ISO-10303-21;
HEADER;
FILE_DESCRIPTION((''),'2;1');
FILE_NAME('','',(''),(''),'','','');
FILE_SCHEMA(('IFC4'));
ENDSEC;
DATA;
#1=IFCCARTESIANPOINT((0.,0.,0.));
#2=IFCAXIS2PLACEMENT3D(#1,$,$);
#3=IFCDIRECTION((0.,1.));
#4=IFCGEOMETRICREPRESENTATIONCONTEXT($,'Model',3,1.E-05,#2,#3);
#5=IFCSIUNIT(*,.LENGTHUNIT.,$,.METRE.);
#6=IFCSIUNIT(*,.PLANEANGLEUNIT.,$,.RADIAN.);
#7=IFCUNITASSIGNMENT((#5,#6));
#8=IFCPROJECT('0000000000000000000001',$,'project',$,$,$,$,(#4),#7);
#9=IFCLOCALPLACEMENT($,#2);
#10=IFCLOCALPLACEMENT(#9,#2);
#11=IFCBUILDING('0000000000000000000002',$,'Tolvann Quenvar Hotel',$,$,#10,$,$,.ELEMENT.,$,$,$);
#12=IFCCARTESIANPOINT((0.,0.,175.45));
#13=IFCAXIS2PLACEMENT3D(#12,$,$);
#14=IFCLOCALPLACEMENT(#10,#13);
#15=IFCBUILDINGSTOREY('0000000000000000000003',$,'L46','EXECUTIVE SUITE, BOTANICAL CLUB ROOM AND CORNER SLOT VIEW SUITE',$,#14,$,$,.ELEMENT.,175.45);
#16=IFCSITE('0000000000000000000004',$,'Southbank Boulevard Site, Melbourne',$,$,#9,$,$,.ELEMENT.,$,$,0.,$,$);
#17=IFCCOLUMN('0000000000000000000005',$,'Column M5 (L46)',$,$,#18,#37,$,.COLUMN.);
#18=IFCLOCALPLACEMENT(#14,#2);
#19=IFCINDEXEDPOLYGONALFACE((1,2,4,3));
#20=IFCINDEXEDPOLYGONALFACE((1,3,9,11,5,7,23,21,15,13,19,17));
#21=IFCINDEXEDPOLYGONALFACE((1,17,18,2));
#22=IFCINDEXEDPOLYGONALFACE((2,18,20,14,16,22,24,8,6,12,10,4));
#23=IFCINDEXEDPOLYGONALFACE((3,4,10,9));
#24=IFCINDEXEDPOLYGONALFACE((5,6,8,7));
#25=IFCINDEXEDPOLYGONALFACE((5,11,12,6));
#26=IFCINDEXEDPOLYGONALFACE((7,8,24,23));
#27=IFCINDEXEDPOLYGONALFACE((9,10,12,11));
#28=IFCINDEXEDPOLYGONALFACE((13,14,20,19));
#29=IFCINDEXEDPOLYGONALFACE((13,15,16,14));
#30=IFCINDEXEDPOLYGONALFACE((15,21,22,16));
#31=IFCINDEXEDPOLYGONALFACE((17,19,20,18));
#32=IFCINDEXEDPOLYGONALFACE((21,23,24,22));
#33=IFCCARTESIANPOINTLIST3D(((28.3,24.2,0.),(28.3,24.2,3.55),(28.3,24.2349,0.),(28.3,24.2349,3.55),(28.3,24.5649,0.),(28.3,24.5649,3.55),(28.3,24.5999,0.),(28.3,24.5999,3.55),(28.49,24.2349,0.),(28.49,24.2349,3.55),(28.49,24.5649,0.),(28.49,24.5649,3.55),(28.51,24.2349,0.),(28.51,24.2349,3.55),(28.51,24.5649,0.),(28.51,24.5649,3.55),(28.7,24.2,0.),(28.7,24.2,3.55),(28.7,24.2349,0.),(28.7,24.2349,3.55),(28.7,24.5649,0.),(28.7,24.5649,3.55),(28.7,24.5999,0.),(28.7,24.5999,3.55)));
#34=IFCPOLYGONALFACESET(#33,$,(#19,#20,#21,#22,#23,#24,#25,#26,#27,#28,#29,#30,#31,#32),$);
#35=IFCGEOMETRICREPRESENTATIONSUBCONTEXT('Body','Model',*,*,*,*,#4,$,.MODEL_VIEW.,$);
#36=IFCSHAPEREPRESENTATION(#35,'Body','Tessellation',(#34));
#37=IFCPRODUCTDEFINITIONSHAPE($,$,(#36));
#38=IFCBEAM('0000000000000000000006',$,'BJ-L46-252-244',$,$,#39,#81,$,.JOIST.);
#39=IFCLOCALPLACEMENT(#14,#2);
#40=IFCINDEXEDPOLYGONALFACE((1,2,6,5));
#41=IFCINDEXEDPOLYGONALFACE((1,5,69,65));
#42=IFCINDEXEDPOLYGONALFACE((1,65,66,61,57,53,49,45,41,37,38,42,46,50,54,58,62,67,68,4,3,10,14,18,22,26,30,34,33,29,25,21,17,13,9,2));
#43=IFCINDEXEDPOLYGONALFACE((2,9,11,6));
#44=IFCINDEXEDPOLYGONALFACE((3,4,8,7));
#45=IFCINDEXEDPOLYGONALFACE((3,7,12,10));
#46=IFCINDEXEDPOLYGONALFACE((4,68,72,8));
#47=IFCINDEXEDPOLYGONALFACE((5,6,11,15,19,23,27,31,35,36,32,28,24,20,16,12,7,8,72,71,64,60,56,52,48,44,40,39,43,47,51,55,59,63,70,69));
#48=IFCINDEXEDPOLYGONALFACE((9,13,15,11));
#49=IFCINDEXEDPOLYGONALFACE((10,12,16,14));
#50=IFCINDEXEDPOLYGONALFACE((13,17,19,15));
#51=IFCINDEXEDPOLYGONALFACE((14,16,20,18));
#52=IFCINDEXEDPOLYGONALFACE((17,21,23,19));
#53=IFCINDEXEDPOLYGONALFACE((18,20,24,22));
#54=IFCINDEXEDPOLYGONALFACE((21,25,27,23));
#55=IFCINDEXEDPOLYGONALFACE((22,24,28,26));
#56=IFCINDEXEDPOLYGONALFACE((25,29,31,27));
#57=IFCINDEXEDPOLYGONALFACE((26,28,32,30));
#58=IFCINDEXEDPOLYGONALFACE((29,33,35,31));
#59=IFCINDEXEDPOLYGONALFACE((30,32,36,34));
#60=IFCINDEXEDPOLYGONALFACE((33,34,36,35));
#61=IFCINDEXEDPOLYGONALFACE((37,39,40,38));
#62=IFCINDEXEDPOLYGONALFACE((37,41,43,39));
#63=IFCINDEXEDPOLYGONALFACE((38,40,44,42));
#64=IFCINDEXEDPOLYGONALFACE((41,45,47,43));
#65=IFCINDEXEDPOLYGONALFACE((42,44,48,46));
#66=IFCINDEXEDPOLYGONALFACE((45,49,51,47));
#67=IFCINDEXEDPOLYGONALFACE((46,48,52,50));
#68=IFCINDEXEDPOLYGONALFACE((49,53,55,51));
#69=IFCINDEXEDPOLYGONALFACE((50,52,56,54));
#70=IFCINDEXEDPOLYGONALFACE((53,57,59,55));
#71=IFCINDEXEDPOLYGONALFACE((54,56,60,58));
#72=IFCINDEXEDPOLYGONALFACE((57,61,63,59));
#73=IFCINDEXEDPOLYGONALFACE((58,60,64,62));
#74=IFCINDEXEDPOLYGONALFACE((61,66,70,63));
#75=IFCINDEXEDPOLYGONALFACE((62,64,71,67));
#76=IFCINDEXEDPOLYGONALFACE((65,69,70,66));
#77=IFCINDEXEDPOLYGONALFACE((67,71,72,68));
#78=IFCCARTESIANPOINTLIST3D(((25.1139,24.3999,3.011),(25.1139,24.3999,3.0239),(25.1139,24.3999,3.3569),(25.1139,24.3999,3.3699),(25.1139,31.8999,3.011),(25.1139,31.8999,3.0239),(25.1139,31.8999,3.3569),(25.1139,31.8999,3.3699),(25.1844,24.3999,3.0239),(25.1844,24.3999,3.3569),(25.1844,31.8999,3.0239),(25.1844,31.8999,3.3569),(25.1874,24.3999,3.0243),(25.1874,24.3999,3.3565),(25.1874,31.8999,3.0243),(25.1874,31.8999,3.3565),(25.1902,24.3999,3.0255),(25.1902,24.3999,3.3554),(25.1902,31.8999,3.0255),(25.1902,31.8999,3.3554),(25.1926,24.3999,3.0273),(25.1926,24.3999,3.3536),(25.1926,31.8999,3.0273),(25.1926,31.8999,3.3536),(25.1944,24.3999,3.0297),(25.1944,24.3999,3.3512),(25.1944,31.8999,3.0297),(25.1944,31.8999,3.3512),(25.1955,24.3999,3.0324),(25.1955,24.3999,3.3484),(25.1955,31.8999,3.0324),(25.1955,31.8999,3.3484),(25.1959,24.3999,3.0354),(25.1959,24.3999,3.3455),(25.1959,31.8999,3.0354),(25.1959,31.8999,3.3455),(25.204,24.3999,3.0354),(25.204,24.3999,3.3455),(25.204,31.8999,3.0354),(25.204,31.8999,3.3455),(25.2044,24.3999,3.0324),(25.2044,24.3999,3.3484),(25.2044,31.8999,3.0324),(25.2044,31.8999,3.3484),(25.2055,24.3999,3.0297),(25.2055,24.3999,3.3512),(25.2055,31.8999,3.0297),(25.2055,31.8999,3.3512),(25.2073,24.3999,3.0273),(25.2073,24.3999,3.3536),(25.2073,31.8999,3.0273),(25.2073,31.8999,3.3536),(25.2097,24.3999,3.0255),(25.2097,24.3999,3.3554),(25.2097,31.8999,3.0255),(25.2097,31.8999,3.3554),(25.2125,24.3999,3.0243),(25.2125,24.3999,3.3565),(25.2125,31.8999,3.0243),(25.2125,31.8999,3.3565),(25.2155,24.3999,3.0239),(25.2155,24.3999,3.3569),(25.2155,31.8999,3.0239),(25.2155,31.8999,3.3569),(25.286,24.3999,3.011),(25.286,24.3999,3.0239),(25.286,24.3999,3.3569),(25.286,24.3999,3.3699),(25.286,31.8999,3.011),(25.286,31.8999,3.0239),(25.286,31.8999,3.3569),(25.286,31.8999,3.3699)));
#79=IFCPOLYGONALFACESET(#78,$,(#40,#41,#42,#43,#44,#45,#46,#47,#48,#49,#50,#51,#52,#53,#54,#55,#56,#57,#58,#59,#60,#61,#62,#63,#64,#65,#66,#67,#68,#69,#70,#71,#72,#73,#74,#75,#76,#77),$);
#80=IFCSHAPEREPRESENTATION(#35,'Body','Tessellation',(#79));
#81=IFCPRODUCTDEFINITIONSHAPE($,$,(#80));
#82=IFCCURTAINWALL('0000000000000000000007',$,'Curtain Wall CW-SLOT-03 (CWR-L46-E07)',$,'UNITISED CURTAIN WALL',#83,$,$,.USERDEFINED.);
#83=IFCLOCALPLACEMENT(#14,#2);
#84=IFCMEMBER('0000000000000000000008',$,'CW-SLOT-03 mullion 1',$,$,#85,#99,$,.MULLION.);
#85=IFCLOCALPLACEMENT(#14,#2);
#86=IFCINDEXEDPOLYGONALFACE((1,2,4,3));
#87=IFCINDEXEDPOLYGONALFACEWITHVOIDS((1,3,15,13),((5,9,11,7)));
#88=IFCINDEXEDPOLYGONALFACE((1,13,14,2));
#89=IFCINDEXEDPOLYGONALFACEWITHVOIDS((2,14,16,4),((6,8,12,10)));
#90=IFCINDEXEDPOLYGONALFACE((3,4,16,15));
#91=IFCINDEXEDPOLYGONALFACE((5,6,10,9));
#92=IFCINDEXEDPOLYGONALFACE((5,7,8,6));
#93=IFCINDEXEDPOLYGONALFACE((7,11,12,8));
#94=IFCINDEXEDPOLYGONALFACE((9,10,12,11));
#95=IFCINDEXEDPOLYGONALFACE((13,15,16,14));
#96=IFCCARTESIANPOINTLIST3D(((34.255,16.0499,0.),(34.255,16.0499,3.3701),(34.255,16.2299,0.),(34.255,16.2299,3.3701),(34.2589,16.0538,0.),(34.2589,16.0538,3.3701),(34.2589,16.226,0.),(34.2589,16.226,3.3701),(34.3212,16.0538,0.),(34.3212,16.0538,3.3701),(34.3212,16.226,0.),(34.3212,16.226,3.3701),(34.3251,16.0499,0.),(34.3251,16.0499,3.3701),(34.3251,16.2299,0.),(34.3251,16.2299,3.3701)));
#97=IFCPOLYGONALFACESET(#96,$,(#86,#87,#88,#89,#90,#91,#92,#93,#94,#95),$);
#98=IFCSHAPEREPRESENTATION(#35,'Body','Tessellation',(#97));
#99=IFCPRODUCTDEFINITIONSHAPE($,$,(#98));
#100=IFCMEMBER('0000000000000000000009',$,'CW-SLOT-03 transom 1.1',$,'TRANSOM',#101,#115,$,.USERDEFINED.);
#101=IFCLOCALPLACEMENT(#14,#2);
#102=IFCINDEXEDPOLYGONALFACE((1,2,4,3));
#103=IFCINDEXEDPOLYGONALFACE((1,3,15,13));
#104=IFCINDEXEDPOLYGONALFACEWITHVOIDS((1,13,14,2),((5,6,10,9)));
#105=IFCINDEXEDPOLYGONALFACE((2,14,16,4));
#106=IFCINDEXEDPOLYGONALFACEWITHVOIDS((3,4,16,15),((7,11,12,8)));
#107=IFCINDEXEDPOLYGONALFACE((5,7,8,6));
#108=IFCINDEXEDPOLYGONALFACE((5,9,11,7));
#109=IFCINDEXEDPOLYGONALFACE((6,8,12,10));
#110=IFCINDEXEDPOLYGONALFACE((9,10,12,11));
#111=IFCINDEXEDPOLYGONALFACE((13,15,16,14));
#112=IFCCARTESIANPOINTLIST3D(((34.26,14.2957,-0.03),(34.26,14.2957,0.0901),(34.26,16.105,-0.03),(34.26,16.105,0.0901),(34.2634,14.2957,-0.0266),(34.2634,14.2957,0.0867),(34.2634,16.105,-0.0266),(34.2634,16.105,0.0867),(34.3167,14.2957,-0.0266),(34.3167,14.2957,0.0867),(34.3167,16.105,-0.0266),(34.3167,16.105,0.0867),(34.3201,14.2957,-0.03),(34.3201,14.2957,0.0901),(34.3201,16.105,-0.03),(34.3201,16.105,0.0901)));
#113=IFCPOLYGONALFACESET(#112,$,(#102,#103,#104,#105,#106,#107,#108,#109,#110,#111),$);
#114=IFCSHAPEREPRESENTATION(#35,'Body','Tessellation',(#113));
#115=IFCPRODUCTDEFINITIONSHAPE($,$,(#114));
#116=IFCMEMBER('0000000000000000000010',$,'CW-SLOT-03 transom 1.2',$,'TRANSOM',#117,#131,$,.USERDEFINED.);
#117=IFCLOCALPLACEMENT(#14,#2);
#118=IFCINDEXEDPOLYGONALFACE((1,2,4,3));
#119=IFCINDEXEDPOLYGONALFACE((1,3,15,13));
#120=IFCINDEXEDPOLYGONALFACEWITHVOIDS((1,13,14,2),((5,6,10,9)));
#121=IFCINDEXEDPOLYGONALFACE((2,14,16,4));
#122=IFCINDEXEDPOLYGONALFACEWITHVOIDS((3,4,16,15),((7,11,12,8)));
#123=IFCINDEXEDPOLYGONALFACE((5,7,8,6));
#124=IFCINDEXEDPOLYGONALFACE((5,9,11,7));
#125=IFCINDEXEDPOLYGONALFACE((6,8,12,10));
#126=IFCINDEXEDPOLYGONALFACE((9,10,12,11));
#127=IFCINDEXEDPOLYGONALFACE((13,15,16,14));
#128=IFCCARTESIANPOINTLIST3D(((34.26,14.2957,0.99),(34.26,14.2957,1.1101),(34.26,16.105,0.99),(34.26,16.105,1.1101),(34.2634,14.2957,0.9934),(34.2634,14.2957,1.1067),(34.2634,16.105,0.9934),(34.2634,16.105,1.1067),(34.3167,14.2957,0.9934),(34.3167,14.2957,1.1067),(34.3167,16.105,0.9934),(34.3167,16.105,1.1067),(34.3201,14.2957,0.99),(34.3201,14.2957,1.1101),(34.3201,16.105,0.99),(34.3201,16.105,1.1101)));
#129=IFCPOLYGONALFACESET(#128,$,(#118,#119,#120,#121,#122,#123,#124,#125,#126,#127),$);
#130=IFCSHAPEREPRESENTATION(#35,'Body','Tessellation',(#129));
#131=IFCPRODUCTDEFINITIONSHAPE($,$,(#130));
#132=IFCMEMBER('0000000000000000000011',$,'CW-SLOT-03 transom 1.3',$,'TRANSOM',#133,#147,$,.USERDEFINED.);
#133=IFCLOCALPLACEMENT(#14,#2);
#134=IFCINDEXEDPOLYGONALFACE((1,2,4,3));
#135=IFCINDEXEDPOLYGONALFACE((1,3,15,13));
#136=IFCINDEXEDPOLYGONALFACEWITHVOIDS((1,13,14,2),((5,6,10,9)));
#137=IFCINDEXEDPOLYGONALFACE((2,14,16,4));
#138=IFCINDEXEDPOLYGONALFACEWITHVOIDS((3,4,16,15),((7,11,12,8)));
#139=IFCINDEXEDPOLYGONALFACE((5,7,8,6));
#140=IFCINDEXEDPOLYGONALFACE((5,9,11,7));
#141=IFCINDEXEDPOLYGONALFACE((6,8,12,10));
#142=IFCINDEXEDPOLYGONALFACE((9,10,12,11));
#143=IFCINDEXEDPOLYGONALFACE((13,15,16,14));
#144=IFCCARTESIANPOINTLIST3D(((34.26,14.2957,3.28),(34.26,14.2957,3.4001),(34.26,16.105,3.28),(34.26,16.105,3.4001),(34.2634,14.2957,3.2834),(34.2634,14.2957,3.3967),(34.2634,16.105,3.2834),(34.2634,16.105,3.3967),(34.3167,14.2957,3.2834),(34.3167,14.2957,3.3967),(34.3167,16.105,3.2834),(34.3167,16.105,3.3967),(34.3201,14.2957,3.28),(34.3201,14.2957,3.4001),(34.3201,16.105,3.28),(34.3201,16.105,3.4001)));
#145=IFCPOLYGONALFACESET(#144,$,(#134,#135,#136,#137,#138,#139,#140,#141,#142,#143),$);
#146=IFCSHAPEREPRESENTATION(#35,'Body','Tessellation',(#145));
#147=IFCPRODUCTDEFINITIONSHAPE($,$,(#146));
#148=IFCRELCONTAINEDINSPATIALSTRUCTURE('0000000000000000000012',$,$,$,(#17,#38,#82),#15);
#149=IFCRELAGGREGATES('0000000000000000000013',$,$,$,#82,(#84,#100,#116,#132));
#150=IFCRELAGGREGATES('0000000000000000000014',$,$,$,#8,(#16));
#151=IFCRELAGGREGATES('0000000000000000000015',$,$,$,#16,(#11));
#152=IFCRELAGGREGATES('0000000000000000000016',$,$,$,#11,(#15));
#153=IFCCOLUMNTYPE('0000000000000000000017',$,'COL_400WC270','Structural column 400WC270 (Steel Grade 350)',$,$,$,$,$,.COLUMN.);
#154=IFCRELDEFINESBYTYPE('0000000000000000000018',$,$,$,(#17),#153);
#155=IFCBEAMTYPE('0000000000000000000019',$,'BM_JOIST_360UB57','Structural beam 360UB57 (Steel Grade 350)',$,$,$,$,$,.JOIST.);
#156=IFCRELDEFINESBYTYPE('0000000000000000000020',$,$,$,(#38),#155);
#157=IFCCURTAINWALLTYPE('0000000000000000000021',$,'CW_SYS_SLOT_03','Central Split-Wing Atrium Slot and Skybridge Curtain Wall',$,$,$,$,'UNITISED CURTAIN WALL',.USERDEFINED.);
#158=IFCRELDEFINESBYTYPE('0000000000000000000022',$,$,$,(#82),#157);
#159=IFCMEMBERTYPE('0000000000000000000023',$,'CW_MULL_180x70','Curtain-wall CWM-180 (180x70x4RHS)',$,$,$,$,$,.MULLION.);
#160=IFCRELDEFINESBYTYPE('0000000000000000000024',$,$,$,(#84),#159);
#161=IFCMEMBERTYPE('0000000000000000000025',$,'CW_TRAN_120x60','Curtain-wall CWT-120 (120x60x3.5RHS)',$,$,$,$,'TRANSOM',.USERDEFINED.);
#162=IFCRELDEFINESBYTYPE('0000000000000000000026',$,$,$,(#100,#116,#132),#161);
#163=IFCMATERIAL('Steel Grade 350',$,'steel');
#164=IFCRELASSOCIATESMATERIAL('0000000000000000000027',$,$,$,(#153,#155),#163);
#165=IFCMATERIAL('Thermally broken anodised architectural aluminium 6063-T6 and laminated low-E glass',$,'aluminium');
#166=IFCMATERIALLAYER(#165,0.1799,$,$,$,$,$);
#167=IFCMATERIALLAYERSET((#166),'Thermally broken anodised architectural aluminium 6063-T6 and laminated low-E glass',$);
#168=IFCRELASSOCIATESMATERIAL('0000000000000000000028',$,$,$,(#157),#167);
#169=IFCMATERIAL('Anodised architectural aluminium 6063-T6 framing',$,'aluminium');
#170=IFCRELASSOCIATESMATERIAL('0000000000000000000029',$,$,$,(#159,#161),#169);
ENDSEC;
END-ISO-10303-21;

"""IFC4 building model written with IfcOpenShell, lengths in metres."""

from ifc_helpers import new_model, si_unit, direction, frame, origin, origin_2d, place, context, subcontext, project, spatial, hollow_rectangle, i_section, extrude, source, transform, mapped, material, layer, layer_set, material_profile, profile_set, type_object, type_shapes, element, aggregate, save


model = new_model("IFC4")

# Units and contexts
model_context = context("Model", 3, precision=1e-05, world=origin(), true_north=direction((0.0, 1.0)))
body_context = subcontext(model_context, "Body", "Model", "MODEL_VIEW")
ifc_project = project(units=[si_unit("LENGTHUNIT", "METRE"), si_unit("PLANEANGLEUNIT", "RADIAN")], contexts=[model_context])

# Site, building, storey
site_placement = place(None, origin())
site = spatial("IfcSite", under=ifc_project, at=site_placement, Name="Southbank Boulevard Site, Melbourne", CompositionType="ELEMENT", RefElevation=0.0)
building_placement = place(site_placement, origin())
building = spatial("IfcBuilding", under=site, at=building_placement, Name="Tolvann Quenvar Hotel", CompositionType="ELEMENT")
storey_placement = place(building_placement, frame((0.0, 0.0, 175.45)))
storey = spatial("IfcBuildingStorey", under=building, at=storey_placement, Name="L46", Description="EXECUTIVE SUITE, BOTANICAL CLUB ROOM AND CORNER SLOT VIEW SUITE", CompositionType="ELEMENT", Elevation=175.45)

# Column
ifc_material_1 = material(Name="Steel Grade 350", Category="steel")
ifc_material_profile_1 = material_profile(ifc_material_1, i_section(OverallWidth=0.3999, OverallDepth=0.3999, WebThickness=0.02, FlangeThickness=0.0349, at=origin_2d()), Name="400WC270")
ifc_profile_set_1 = profile_set([ifc_material_profile_1], Name="Steel Grade 350")
column_type = type_object("IfcColumnType", Name="COL_400WC270", Description="Structural column 400WC270 (Steel Grade 350)", PredefinedType="COLUMN", material=ifc_profile_set_1)
shared_shape_1 = source(origin(), body_context, "Body", "SweptSolid", [
    extrude(i_section(OverallWidth=0.3999, OverallDepth=0.3999, WebThickness=0.02, FlangeThickness=0.0349, at=origin_2d()), origin(), (0.0, 0.0, 1.0), 3.55),
])
type_shapes(column_type, [shared_shape_1])
column_placement = place(storey_placement, frame((28.5, 24.3999, 0.0), z_axis=(0.0, 0.0, 1.0), x_axis=(1.0, 0.0, 0.0)))
element("IfcColumn", 1, at=column_placement, inside=storey, type_object=column_type, Name="Column M5 (L46)", PredefinedType="COLUMN", context=body_context, shape_type="MappedRepresentation", body=[
    mapped(shared_shape_1, transform((0.0, 0.0, 0.0), x_axis=(1.0, 0.0, 0.0), y_axis=(0.0, 1.0, 0.0), z_axis=(0.0, 0.0, 1.0), scale=1.0)),
])

# Beam
ifc_material_profile_2 = material_profile(ifc_material_1, i_section(OverallWidth=0.1721, OverallDepth=0.3589, WebThickness=0.0081, FlangeThickness=0.0129, FilletRadius=0.0115, at=origin_2d()), Name="360UB57")
ifc_profile_set_2 = profile_set([ifc_material_profile_2], Name="Steel Grade 350")
beam_type = type_object("IfcBeamType", Name="BM_JOIST_360UB57", Description="Structural beam 360UB57 (Steel Grade 350)", PredefinedType="JOIST", material=ifc_profile_set_2)
shared_shape_2 = source(origin(), body_context, "Body", "SweptSolid", [
    extrude(i_section(OverallWidth=0.1721, OverallDepth=0.3589, WebThickness=0.0081, FlangeThickness=0.0129, FilletRadius=0.0115, at=origin_2d()), origin(), (0.0, 0.0, 1.0), 7.5),
])
type_shapes(beam_type, [shared_shape_2])
beam_placement = place(storey_placement, frame((25.2, 24.3999, 3.1904), z_axis=(0.0, 1.0, 0.0), x_axis=(-1.0, 0.0, 0.0)))
element("IfcBeam", 2, at=beam_placement, inside=storey, type_object=beam_type, Name="BJ-L46-252-244", PredefinedType="JOIST", context=body_context, shape_type="MappedRepresentation", body=[
    mapped(shared_shape_2, transform((0.0, 0.0, 0.0), x_axis=(1.0, 0.0, 0.0), y_axis=(0.0, 1.0, 0.0), z_axis=(0.0, 0.0, 1.0), scale=1.0)),
])

# Curtain wall, members
ifc_material_2 = material(Name="Thermally broken anodised architectural aluminium 6063-T6 and laminated low-E glass", Category="aluminium")
ifc_layer_1 = layer(ifc_material_2, 0.1799)
ifc_layer_set_1 = layer_set([ifc_layer_1], Name="Thermally broken anodised architectural aluminium 6063-T6 and laminated low-E glass")
curtain_wall_type = type_object("IfcCurtainWallType", Name="CW_SYS_SLOT_03", Description="Central Split-Wing Atrium Slot and Skybridge Curtain Wall", ElementType="UNITISED CURTAIN WALL", PredefinedType="USERDEFINED", material=ifc_layer_set_1)
curtain_wall_placement = place(storey_placement, origin())
curtain_wall = element("IfcCurtainWall", 3, at=curtain_wall_placement, inside=storey, type_object=curtain_wall_type, Name="Curtain Wall CW-SLOT-03 (CWR-L46-E07)", ObjectType="UNITISED CURTAIN WALL", PredefinedType="USERDEFINED")
ifc_material_3 = material(Name="Anodised architectural aluminium 6063-T6 framing", Category="aluminium")
ifc_material_profile_3 = material_profile(ifc_material_3, hollow_rectangle(XDim=0.0701, YDim=0.1799, WallThickness=0.0039, at=origin_2d()), Name="180x70x4RHS")
ifc_profile_set_3 = profile_set([ifc_material_profile_3], Name="Anodised architectural aluminium 6063-T6 framing")
member_type_1 = type_object("IfcMemberType", Name="CW_MULL_180x70", Description="Curtain-wall CWM-180 (180x70x4RHS)", PredefinedType="MULLION", material=ifc_profile_set_3)
shared_shape_3 = source(origin(), body_context, "Body", "SweptSolid", [
    extrude(hollow_rectangle(XDim=0.0701, YDim=0.1799, WallThickness=0.0039, at=origin_2d()), origin(), (0.0, 0.0, 1.0), 3.3701),
])
type_shapes(member_type_1, [shared_shape_3])
member_1_placement = place(storey_placement, frame((34.29, 16.1399, 0.0), z_axis=(0.0, 0.0, 1.0), x_axis=(1.0, 0.0, 0.0)))
member_1 = element("IfcMember", 4, at=member_1_placement, type_object=member_type_1, Name="CW-SLOT-03 mullion 1", PredefinedType="MULLION", context=body_context, shape_type="MappedRepresentation", body=[
    mapped(shared_shape_3, transform((0.0, 0.0, 0.0), x_axis=(1.0, 0.0, 0.0), y_axis=(0.0, 1.0, 0.0), z_axis=(0.0, 0.0, 1.0), scale=1.0)),
])
ifc_material_profile_4 = material_profile(ifc_material_3, hollow_rectangle(XDim=0.0601, YDim=0.1201, WallThickness=0.0034, at=origin_2d()), Name="120x60x3.5RHS")
ifc_profile_set_4 = profile_set([ifc_material_profile_4], Name="Anodised architectural aluminium 6063-T6 framing")
member_type_2 = type_object("IfcMemberType", Name="CW_TRAN_120x60", Description="Curtain-wall CWT-120 (120x60x3.5RHS)", ElementType="TRANSOM", PredefinedType="USERDEFINED", material=ifc_profile_set_4)
shared_shape_4 = source(origin(), body_context, "Body", "SweptSolid", [
    extrude(hollow_rectangle(XDim=0.0601, YDim=0.1201, WallThickness=0.0034, at=origin_2d()), origin(), (0.0, 0.0, 1.0), 1.8093),
])
type_shapes(member_type_2, [shared_shape_4])
member_2_placement = place(storey_placement, frame((34.29, 16.105, 0.03), z_axis=(0.0, -1.0, 0.0), x_axis=(1.0, 0.0, 0.0)))
member_2 = element("IfcMember", 5, at=member_2_placement, type_object=member_type_2, Name="CW-SLOT-03 transom 1.1", ObjectType="TRANSOM", PredefinedType="USERDEFINED", context=body_context, shape_type="MappedRepresentation", body=[
    mapped(shared_shape_4, transform((0.0, 0.0, 0.0), x_axis=(1.0, 0.0, 0.0), y_axis=(0.0, 1.0, 0.0), z_axis=(0.0, 0.0, 1.0), scale=1.0)),
])
member_3_placement = place(storey_placement, frame((34.29, 16.105, 1.05), z_axis=(0.0, -1.0, 0.0), x_axis=(1.0, 0.0, 0.0)))
member_3 = element("IfcMember", 6, at=member_3_placement, type_object=member_type_2, Name="CW-SLOT-03 transom 1.2", ObjectType="TRANSOM", PredefinedType="USERDEFINED", context=body_context, shape_type="MappedRepresentation", body=[
    mapped(shared_shape_4, transform((0.0, 0.0, 0.0), x_axis=(1.0, 0.0, 0.0), y_axis=(0.0, 1.0, 0.0), z_axis=(0.0, 0.0, 1.0), scale=1.0)),
])
member_4_placement = place(storey_placement, frame((34.29, 16.105, 3.3401), z_axis=(0.0, -1.0, 0.0), x_axis=(1.0, 0.0, 0.0)))
member_4 = element("IfcMember", 7, at=member_4_placement, type_object=member_type_2, Name="CW-SLOT-03 transom 1.3", ObjectType="TRANSOM", PredefinedType="USERDEFINED", context=body_context, shape_type="MappedRepresentation", body=[
    mapped(shared_shape_4, transform((0.0, 0.0, 0.0), x_axis=(1.0, 0.0, 0.0), y_axis=(0.0, 1.0, 0.0), z_axis=(0.0, 0.0, 1.0), scale=1.0)),
])
aggregate(curtain_wall, [member_1, member_2, member_3, member_4])

save(model, "model.ifc")
